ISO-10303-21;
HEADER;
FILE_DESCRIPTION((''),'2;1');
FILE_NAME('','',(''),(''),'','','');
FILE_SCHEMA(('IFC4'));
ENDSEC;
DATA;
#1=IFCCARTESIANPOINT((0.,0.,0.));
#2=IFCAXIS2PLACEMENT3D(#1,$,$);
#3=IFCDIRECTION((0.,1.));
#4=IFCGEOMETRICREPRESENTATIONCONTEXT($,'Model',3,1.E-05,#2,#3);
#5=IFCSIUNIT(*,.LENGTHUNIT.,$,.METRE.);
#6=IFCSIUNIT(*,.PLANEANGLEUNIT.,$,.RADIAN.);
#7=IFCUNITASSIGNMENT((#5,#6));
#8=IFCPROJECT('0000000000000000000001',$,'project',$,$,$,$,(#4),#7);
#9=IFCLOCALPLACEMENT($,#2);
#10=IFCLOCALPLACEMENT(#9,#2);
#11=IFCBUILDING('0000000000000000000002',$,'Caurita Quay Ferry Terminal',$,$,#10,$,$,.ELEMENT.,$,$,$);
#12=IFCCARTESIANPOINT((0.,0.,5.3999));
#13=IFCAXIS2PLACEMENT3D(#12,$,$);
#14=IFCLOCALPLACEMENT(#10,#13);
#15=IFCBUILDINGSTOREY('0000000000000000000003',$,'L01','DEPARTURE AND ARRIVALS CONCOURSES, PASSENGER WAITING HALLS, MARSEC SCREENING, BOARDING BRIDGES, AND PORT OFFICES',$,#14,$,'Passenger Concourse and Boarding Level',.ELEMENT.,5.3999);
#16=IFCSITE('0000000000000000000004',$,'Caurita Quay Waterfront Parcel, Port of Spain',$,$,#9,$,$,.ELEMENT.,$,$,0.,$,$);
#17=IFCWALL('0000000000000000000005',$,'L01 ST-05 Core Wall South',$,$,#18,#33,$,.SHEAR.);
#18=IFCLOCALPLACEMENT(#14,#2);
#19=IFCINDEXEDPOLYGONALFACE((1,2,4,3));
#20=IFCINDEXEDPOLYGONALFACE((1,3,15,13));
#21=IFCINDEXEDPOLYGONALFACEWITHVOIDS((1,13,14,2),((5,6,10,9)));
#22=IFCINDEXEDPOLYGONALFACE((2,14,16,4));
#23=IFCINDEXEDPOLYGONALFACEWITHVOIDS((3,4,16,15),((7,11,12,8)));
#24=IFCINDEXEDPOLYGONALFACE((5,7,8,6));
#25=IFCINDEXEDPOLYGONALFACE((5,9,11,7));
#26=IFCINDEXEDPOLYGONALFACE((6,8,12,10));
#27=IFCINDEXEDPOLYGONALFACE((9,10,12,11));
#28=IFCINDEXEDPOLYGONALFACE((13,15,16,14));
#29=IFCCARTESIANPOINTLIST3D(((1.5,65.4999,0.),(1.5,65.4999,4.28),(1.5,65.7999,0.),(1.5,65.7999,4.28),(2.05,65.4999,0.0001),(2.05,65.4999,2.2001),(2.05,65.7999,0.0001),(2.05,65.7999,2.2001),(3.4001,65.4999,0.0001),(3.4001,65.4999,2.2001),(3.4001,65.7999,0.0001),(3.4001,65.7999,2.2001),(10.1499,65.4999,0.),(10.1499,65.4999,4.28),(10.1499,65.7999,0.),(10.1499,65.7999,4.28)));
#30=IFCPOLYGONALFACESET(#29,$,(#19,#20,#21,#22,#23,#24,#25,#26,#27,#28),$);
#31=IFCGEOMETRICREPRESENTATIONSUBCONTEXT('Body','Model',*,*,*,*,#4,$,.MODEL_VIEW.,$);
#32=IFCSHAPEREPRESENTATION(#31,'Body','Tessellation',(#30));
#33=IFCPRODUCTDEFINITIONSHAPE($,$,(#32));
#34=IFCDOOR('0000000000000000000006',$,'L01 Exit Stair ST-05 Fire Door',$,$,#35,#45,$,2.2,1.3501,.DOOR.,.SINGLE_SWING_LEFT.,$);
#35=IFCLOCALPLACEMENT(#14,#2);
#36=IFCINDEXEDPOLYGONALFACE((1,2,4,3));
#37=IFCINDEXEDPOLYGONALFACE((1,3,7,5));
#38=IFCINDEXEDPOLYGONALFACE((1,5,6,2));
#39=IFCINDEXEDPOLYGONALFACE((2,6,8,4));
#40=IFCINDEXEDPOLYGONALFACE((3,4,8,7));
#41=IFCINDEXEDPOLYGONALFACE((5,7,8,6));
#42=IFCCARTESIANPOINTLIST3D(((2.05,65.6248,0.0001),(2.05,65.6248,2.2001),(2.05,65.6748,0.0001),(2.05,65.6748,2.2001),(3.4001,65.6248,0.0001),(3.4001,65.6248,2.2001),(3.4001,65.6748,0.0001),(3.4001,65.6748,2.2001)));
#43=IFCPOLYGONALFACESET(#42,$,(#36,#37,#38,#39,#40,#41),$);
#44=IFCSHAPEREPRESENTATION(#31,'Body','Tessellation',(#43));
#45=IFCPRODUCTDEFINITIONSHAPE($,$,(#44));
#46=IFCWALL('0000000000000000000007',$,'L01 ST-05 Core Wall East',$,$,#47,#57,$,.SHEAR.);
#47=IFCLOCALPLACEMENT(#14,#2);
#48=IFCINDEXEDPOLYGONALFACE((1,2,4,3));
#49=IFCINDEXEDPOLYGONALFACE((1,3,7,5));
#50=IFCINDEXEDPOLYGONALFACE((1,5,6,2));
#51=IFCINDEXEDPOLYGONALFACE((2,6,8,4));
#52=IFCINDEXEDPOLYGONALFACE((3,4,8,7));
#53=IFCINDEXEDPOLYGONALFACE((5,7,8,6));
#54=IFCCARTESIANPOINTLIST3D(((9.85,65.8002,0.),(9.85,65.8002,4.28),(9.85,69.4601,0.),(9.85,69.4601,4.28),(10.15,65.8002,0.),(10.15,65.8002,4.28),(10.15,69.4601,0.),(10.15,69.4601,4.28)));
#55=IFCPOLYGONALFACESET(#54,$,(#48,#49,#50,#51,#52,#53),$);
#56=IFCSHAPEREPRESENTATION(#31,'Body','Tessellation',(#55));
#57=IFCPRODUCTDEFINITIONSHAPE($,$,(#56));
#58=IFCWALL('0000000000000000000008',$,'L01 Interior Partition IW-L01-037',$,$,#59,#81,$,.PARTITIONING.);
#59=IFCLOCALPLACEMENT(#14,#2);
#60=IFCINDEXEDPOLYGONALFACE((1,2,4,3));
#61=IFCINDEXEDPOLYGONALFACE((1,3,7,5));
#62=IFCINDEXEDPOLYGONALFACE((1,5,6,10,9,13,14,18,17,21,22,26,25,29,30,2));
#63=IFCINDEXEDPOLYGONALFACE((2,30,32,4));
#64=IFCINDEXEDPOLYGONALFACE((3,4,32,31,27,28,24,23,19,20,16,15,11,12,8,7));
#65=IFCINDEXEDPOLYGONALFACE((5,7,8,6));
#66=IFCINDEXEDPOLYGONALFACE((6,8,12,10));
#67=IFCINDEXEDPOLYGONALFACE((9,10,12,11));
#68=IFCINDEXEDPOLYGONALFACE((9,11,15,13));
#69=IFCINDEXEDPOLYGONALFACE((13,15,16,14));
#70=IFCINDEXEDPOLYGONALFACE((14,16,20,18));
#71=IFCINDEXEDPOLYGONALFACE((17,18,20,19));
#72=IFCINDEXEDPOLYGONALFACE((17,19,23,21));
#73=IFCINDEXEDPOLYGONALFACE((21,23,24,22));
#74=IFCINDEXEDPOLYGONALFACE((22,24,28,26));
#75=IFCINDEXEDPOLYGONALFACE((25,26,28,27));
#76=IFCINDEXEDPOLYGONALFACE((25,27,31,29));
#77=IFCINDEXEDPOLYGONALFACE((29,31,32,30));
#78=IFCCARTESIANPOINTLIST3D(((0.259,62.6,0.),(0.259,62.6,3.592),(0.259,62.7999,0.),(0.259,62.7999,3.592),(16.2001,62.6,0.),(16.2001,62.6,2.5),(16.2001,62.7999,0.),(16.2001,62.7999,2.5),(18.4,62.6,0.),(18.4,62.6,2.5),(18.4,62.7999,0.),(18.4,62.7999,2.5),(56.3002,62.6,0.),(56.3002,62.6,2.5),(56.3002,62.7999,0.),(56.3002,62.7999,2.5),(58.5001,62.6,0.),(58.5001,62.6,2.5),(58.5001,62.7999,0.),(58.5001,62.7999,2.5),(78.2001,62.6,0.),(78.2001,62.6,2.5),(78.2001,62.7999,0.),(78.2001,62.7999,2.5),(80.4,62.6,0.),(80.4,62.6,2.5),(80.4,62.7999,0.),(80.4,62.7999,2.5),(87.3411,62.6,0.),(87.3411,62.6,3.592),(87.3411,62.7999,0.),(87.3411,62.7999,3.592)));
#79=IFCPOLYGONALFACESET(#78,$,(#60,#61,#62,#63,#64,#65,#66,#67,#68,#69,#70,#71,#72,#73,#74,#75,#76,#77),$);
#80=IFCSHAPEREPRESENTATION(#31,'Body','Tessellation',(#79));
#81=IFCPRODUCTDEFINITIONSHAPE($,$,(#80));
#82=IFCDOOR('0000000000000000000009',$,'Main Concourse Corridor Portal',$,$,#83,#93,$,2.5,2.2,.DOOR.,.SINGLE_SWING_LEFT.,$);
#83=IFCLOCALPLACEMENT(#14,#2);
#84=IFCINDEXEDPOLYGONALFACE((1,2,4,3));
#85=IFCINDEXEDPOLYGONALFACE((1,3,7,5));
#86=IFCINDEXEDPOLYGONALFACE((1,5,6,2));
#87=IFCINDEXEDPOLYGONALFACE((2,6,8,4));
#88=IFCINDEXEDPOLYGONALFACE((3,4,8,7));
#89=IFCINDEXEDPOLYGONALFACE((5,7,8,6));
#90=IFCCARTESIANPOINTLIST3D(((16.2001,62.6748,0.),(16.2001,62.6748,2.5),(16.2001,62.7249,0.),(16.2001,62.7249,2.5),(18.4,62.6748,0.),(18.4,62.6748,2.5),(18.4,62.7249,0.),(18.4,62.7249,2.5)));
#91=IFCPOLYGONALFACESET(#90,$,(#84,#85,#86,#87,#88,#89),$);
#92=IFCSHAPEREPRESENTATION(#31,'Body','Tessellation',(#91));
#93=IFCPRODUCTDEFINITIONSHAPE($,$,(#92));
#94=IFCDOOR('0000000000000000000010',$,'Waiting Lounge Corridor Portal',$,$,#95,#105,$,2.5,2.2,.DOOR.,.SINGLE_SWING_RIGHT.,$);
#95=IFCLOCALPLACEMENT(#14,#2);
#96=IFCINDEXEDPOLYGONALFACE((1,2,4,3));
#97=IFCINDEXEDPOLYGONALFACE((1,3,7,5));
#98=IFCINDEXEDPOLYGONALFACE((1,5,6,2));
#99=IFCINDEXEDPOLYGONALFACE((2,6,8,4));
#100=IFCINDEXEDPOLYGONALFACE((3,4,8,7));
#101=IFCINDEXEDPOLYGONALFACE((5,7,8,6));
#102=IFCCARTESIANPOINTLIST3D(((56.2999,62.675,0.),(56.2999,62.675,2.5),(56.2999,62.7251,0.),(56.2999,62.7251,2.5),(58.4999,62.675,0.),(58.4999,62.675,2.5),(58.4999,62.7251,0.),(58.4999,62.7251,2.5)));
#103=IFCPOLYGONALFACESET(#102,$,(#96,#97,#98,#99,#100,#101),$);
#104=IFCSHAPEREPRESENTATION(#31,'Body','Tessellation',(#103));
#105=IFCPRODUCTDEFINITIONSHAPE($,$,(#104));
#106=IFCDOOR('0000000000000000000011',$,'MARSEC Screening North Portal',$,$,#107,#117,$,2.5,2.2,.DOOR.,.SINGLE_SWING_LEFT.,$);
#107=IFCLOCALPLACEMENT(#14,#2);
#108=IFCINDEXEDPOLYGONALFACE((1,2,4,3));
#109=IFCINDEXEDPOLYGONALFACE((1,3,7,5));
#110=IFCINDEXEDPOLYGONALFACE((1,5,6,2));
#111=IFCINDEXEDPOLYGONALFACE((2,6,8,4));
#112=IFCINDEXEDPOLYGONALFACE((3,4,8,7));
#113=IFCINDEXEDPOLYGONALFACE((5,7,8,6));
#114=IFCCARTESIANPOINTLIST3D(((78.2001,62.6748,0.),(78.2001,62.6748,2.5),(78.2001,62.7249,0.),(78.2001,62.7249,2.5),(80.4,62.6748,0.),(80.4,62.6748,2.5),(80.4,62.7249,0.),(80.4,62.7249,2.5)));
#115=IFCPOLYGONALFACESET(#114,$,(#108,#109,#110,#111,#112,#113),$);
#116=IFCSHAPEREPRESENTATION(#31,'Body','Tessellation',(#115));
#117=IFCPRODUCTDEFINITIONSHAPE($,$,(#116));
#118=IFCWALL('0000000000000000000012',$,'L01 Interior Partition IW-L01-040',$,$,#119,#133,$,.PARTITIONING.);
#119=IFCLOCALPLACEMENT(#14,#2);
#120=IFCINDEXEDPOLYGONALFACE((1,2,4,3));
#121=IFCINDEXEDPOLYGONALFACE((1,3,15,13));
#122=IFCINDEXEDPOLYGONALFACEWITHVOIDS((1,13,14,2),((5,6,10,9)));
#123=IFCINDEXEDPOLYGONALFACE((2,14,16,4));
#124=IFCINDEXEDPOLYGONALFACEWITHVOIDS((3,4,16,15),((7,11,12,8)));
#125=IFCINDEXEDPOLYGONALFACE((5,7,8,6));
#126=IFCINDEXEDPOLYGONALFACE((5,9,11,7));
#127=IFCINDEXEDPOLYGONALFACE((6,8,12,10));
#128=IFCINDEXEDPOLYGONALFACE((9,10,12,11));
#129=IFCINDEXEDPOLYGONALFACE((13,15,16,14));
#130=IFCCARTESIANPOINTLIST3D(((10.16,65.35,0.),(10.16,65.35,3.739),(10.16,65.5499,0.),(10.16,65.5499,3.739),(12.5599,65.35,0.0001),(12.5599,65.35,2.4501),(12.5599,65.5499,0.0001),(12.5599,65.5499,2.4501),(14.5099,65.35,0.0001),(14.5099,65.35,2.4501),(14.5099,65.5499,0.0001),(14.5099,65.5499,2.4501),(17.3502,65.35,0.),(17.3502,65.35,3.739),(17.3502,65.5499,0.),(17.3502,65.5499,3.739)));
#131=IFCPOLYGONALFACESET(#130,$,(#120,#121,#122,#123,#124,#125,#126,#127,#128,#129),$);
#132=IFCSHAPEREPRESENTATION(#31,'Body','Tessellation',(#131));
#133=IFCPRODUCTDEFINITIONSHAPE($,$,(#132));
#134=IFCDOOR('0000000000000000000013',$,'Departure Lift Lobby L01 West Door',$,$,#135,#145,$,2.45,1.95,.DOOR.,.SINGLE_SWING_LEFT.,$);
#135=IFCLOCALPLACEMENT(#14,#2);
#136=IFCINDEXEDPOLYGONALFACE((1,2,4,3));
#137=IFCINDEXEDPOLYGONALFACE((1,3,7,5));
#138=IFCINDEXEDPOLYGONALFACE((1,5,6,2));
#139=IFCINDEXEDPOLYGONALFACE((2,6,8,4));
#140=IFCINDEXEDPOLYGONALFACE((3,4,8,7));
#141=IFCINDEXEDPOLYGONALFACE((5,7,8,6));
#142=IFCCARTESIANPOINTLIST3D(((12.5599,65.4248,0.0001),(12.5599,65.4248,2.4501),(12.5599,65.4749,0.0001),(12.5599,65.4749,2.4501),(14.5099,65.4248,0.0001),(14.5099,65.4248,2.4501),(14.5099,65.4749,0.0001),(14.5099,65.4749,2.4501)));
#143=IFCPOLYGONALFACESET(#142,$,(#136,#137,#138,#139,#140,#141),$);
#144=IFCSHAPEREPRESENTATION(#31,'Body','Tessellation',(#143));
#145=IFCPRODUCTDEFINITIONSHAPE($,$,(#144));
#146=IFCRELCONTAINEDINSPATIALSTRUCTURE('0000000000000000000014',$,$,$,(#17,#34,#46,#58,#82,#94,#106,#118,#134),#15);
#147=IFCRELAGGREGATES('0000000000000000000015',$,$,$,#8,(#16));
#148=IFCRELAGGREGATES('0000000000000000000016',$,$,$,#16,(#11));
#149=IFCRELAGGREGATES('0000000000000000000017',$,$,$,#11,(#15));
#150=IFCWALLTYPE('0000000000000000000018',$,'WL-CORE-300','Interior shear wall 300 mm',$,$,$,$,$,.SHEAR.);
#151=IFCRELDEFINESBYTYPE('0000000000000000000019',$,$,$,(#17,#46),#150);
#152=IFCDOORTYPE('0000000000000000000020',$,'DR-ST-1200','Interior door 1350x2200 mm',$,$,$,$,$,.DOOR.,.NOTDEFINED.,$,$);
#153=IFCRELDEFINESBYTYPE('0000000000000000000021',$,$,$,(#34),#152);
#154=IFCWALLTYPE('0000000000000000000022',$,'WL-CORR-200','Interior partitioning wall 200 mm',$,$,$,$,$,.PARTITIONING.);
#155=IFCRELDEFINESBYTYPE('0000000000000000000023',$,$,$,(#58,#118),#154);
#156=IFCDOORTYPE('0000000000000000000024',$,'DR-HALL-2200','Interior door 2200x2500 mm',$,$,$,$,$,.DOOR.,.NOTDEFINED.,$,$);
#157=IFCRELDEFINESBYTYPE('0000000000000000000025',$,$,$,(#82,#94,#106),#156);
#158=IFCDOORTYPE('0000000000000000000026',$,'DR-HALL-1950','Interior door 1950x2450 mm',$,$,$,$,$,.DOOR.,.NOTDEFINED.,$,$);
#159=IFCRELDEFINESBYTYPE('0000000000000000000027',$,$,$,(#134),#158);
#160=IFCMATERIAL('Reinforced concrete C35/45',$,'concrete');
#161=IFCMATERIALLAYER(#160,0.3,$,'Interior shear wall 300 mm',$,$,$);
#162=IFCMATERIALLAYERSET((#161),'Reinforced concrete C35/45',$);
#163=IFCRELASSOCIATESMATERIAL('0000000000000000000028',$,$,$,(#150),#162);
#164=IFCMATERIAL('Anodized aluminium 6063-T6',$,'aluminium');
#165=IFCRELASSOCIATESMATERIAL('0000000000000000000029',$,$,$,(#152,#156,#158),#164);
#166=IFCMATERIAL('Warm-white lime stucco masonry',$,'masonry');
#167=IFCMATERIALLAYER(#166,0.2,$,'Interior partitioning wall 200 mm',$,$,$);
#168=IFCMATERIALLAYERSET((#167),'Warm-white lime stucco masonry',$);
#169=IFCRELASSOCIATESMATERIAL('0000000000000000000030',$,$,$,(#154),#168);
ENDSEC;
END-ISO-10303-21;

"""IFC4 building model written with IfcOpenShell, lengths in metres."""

from ifc_helpers import new_model, si_unit, direction, frame, frame_2d, origin, place, context, subcontext, project, spatial, rectangle, extrude, material, layer, layer_set, type_object, element, fill, save


model = new_model("IFC4")

# Units and contexts
model_context = context("Model", 3, precision=1e-05, world=origin(), true_north=direction((0.0, 1.0)))
body_context = subcontext(model_context, "Body", "Model", "MODEL_VIEW")
ifc_project = project(units=[si_unit("LENGTHUNIT", "METRE"), si_unit("PLANEANGLEUNIT", "RADIAN")], contexts=[model_context])

# Site, building, storey
site_placement = place(None, origin())
site = spatial("IfcSite", under=ifc_project, at=site_placement, Name="Caurita Quay Waterfront Parcel, Port of Spain", CompositionType="ELEMENT", RefElevation=0.0)
building_placement = place(site_placement, origin())
building = spatial("IfcBuilding", under=site, at=building_placement, Name="Caurita Quay Ferry Terminal", CompositionType="ELEMENT")
storey_placement = place(building_placement, frame((0.0, 0.0, 5.3999)))
storey = spatial("IfcBuildingStorey", under=building, at=storey_placement, Name="L01", Description="DEPARTURE AND ARRIVALS CONCOURSES, PASSENGER WAITING HALLS, MARSEC SCREENING, BOARDING BRIDGES, AND PORT OFFICES", LongName="Passenger Concourse and Boarding Level", CompositionType="ELEMENT", Elevation=5.3999)

# Shared definitions
ifc_material_1 = material(Name="Anodized aluminium 6063-T6", Category="aluminium")

# Shared definitions
ifc_material_2 = material(Name="Reinforced concrete C35/45", Category="concrete")

# Wall, opening, door
ifc_layer_1 = layer(ifc_material_2, 0.3, Name="Interior shear wall 300 mm")
ifc_layer_set_1 = layer_set([ifc_layer_1], Name="Reinforced concrete C35/45")
wall_type_1 = type_object("IfcWallType", Name="WL-CORE-300", Description="Interior shear wall 300 mm", PredefinedType="SHEAR", material=ifc_layer_set_1)
wall_1_placement = place(storey_placement, frame((1.5, 65.6499, 0.0), z_axis=(0.0, 0.0, 1.0), x_axis=(1.0, 0.0, 0.0)))
wall_1 = element("IfcWall", 1, at=wall_1_placement, inside=storey, type_object=wall_type_1, Name="L01 ST-05 Core Wall South", PredefinedType="SHEAR", context=body_context, shape_type="SweptSolid", body=[
    extrude(rectangle(XDim=8.6499, YDim=0.3, at=frame_2d((4.325, 0.0))), origin(), (0.0, 0.0, 1.0), 4.28),
])
opening_1_placement = place(wall_1_placement, frame((0.55, 0.0, 0.0)))
opening_1 = element("IfcOpeningElement", 2, at=opening_1_placement, cuts=wall_1, PredefinedType="OPENING", context=body_context, shape_type="SweptSolid", body=[
    extrude(rectangle(XDim=1.3501, YDim=2.2, at=frame_2d((0.675, 1.1001))), frame((0.0, 0.1599, 0.0), z_axis=(0.0, -1.0, 0.0), x_axis=(1.0, 0.0, 0.0)), (0.0, 0.0, 1.0), 0.3201),
])
door_type_1 = type_object("IfcDoorType", Name="DR-ST-1200", Description="Interior door 1350x2200 mm", OperationType="NOTDEFINED", PredefinedType="DOOR", material=ifc_material_1)
door_1_placement = place(opening_1_placement, origin())
door_1 = element("IfcDoor", 3, at=door_1_placement, inside=storey, type_object=door_type_1, Name="L01 Exit Stair ST-05 Fire Door", OperationType="SINGLE_SWING_LEFT", OverallHeight=2.2, OverallWidth=1.3501, PredefinedType="DOOR", context=body_context, shape_type="SweptSolid", body=[
    extrude(rectangle(XDim=1.3501, YDim=2.2, at=frame_2d((0.675, 1.1001))), frame((0.0, 0.0249, 0.0), z_axis=(0.0, -1.0, 0.0), x_axis=(1.0, 0.0, 0.0)), (0.0, 0.0, 1.0), 0.05),
])
fill(opening_1, door_1)

# Wall
wall_2_placement = place(storey_placement, frame((10.0, 65.8, 0.0), z_axis=(0.0, 0.0, 1.0), x_axis=(0.0, 1.0, 0.0)))
element("IfcWall", 4, at=wall_2_placement, inside=storey, type_object=wall_type_1, Name="L01 ST-05 Core Wall East", PredefinedType="SHEAR", context=body_context, shape_type="SweptSolid", body=[
    extrude(rectangle(XDim=3.6599, YDim=0.3, at=frame_2d((1.8301, 0.0))), origin(), (0.0, 0.0, 1.0), 4.28),
])

# Wall, openings, doors
ifc_material_3 = material(Name="Warm-white lime stucco masonry", Category="masonry")
ifc_layer_2 = layer(ifc_material_3, 0.2, Name="Interior partitioning wall 200 mm")
ifc_layer_set_2 = layer_set([ifc_layer_2], Name="Warm-white lime stucco masonry")
wall_type_2 = type_object("IfcWallType", Name="WL-CORR-200", Description="Interior partitioning wall 200 mm", PredefinedType="PARTITIONING", material=ifc_layer_set_2)
wall_3_placement = place(storey_placement, frame((0.259, 62.7, 0.0), z_axis=(0.0, 0.0, 1.0), x_axis=(1.0, 0.0, 0.0)))
wall_3 = element("IfcWall", 5, at=wall_3_placement, inside=storey, type_object=wall_type_2, Name="L01 Interior Partition IW-L01-037", PredefinedType="PARTITIONING", context=body_context, shape_type="SweptSolid", body=[
    extrude(rectangle(XDim=87.082, YDim=0.2, at=frame_2d((43.541, 0.0))), origin(), (0.0, 0.0, 1.0), 3.592),
])
opening_2_placement = place(wall_3_placement, frame((15.9409, 0.0, 0.0)))
opening_2 = element("IfcOpeningElement", 6, at=opening_2_placement, cuts=wall_3, PredefinedType="OPENING", context=body_context, shape_type="SweptSolid", body=[
    extrude(rectangle(XDim=2.2, YDim=2.5, at=frame_2d((1.1001, 1.25))), frame((0.0, 0.1099, 0.0), z_axis=(0.0, -1.0, 0.0), x_axis=(1.0, 0.0, 0.0)), (0.0, 0.0, 1.0), 0.22),
])
opening_3_placement = place(wall_3_placement, frame((56.041, 0.0, 0.0)))
opening_3 = element("IfcOpeningElement", 7, at=opening_3_placement, cuts=wall_3, PredefinedType="OPENING", context=body_context, shape_type="SweptSolid", body=[
    extrude(rectangle(XDim=2.2, YDim=2.5, at=frame_2d((1.1001, 1.25))), frame((0.0, 0.1099, 0.0), z_axis=(0.0, -1.0, 0.0), x_axis=(1.0, 0.0, 0.0)), (0.0, 0.0, 1.0), 0.22),
])
opening_4_placement = place(wall_3_placement, frame((77.9409, 0.0, 0.0)))
opening_4 = element("IfcOpeningElement", 8, at=opening_4_placement, cuts=wall_3, PredefinedType="OPENING", context=body_context, shape_type="SweptSolid", body=[
    extrude(rectangle(XDim=2.2, YDim=2.5, at=frame_2d((1.1001, 1.25))), frame((0.0, 0.1099, 0.0), z_axis=(0.0, -1.0, 0.0), x_axis=(1.0, 0.0, 0.0)), (0.0, 0.0, 1.0), 0.22),
])
door_type_2 = type_object("IfcDoorType", Name="DR-HALL-2200", Description="Interior door 2200x2500 mm", OperationType="NOTDEFINED", PredefinedType="DOOR", material=ifc_material_1)
door_2_placement = place(opening_2_placement, origin())
door_2 = element("IfcDoor", 9, at=door_2_placement, inside=storey, type_object=door_type_2, Name="Main Concourse Corridor Portal", OperationType="SINGLE_SWING_LEFT", OverallHeight=2.5, OverallWidth=2.2, PredefinedType="DOOR", context=body_context, shape_type="SweptSolid", body=[
    extrude(rectangle(XDim=2.2, YDim=2.5, at=frame_2d((1.1001, 1.25))), frame((0.0, 0.0249, 0.0), z_axis=(0.0, -1.0, 0.0), x_axis=(1.0, 0.0, 0.0)), (0.0, 0.0, 1.0), 0.05),
])
fill(opening_2, door_2)
door_3_placement = place(opening_3_placement, frame((2.2, 0.0, 0.0), z_axis=(0.0, 0.0, 1.0), x_axis=(-1.0, 0.0, 0.0)))
door_3 = element("IfcDoor", 10, at=door_3_placement, inside=storey, type_object=door_type_2, Name="Waiting Lounge Corridor Portal", OperationType="SINGLE_SWING_RIGHT", OverallHeight=2.5, OverallWidth=2.2, PredefinedType="DOOR", context=body_context, shape_type="SweptSolid", body=[
    extrude(rectangle(XDim=2.2, YDim=2.5, at=frame_2d((1.1001, 1.25))), frame((0.0, 0.0249, 0.0), z_axis=(0.0, -1.0, 0.0), x_axis=(1.0, 0.0, 0.0)), (0.0, 0.0, 1.0), 0.05),
])
fill(opening_3, door_3)
door_4_placement = place(opening_4_placement, origin())
door_4 = element("IfcDoor", 11, at=door_4_placement, inside=storey, type_object=door_type_2, Name="MARSEC Screening North Portal", OperationType="SINGLE_SWING_LEFT", OverallHeight=2.5, OverallWidth=2.2, PredefinedType="DOOR", context=body_context, shape_type="SweptSolid", body=[
    extrude(rectangle(XDim=2.2, YDim=2.5, at=frame_2d((1.1001, 1.25))), frame((0.0, 0.0249, 0.0), z_axis=(0.0, -1.0, 0.0), x_axis=(1.0, 0.0, 0.0)), (0.0, 0.0, 1.0), 0.05),
])
fill(opening_4, door_4)

# Wall, opening, door
wall_4_placement = place(storey_placement, frame((10.1599, 65.45, 0.0), z_axis=(0.0, 0.0, 1.0), x_axis=(1.0, 0.0, 0.0)))
wall_4 = element("IfcWall", 12, at=wall_4_placement, inside=storey, type_object=wall_type_2, Name="L01 Interior Partition IW-L01-040", PredefinedType="PARTITIONING", context=body_context, shape_type="SweptSolid", body=[
    extrude(rectangle(XDim=7.1902, YDim=0.2, at=frame_2d((3.5952, 0.0))), origin(), (0.0, 0.0, 1.0), 3.739),
])
opening_5_placement = place(wall_4_placement, frame((2.3999, 0.0, 0.0)))
opening_5 = element("IfcOpeningElement", 13, at=opening_5_placement, cuts=wall_4, PredefinedType="OPENING", context=body_context, shape_type="SweptSolid", body=[
    extrude(rectangle(XDim=1.95, YDim=2.45, at=frame_2d((0.9751, 1.2251))), frame((0.0, 0.1099, 0.0), z_axis=(0.0, -1.0, 0.0), x_axis=(1.0, 0.0, 0.0)), (0.0, 0.0, 1.0), 0.22),
])
door_type_3 = type_object("IfcDoorType", Name="DR-HALL-1950", Description="Interior door 1950x2450 mm", OperationType="NOTDEFINED", PredefinedType="DOOR", material=ifc_material_1)
door_5_placement = place(opening_5_placement, origin())
door_5 = element("IfcDoor", 14, at=door_5_placement, inside=storey, type_object=door_type_3, Name="Departure Lift Lobby L01 West Door", OperationType="SINGLE_SWING_LEFT", OverallHeight=2.45, OverallWidth=1.95, PredefinedType="DOOR", context=body_context, shape_type="SweptSolid", body=[
    extrude(rectangle(XDim=1.95, YDim=2.45, at=frame_2d((0.9751, 1.2251))), frame((0.0, 0.0249, 0.0), z_axis=(0.0, -1.0, 0.0), x_axis=(1.0, 0.0, 0.0)), (0.0, 0.0, 1.0), 0.05),
])
fill(opening_5, door_5)

save(model, "model.ifc")
